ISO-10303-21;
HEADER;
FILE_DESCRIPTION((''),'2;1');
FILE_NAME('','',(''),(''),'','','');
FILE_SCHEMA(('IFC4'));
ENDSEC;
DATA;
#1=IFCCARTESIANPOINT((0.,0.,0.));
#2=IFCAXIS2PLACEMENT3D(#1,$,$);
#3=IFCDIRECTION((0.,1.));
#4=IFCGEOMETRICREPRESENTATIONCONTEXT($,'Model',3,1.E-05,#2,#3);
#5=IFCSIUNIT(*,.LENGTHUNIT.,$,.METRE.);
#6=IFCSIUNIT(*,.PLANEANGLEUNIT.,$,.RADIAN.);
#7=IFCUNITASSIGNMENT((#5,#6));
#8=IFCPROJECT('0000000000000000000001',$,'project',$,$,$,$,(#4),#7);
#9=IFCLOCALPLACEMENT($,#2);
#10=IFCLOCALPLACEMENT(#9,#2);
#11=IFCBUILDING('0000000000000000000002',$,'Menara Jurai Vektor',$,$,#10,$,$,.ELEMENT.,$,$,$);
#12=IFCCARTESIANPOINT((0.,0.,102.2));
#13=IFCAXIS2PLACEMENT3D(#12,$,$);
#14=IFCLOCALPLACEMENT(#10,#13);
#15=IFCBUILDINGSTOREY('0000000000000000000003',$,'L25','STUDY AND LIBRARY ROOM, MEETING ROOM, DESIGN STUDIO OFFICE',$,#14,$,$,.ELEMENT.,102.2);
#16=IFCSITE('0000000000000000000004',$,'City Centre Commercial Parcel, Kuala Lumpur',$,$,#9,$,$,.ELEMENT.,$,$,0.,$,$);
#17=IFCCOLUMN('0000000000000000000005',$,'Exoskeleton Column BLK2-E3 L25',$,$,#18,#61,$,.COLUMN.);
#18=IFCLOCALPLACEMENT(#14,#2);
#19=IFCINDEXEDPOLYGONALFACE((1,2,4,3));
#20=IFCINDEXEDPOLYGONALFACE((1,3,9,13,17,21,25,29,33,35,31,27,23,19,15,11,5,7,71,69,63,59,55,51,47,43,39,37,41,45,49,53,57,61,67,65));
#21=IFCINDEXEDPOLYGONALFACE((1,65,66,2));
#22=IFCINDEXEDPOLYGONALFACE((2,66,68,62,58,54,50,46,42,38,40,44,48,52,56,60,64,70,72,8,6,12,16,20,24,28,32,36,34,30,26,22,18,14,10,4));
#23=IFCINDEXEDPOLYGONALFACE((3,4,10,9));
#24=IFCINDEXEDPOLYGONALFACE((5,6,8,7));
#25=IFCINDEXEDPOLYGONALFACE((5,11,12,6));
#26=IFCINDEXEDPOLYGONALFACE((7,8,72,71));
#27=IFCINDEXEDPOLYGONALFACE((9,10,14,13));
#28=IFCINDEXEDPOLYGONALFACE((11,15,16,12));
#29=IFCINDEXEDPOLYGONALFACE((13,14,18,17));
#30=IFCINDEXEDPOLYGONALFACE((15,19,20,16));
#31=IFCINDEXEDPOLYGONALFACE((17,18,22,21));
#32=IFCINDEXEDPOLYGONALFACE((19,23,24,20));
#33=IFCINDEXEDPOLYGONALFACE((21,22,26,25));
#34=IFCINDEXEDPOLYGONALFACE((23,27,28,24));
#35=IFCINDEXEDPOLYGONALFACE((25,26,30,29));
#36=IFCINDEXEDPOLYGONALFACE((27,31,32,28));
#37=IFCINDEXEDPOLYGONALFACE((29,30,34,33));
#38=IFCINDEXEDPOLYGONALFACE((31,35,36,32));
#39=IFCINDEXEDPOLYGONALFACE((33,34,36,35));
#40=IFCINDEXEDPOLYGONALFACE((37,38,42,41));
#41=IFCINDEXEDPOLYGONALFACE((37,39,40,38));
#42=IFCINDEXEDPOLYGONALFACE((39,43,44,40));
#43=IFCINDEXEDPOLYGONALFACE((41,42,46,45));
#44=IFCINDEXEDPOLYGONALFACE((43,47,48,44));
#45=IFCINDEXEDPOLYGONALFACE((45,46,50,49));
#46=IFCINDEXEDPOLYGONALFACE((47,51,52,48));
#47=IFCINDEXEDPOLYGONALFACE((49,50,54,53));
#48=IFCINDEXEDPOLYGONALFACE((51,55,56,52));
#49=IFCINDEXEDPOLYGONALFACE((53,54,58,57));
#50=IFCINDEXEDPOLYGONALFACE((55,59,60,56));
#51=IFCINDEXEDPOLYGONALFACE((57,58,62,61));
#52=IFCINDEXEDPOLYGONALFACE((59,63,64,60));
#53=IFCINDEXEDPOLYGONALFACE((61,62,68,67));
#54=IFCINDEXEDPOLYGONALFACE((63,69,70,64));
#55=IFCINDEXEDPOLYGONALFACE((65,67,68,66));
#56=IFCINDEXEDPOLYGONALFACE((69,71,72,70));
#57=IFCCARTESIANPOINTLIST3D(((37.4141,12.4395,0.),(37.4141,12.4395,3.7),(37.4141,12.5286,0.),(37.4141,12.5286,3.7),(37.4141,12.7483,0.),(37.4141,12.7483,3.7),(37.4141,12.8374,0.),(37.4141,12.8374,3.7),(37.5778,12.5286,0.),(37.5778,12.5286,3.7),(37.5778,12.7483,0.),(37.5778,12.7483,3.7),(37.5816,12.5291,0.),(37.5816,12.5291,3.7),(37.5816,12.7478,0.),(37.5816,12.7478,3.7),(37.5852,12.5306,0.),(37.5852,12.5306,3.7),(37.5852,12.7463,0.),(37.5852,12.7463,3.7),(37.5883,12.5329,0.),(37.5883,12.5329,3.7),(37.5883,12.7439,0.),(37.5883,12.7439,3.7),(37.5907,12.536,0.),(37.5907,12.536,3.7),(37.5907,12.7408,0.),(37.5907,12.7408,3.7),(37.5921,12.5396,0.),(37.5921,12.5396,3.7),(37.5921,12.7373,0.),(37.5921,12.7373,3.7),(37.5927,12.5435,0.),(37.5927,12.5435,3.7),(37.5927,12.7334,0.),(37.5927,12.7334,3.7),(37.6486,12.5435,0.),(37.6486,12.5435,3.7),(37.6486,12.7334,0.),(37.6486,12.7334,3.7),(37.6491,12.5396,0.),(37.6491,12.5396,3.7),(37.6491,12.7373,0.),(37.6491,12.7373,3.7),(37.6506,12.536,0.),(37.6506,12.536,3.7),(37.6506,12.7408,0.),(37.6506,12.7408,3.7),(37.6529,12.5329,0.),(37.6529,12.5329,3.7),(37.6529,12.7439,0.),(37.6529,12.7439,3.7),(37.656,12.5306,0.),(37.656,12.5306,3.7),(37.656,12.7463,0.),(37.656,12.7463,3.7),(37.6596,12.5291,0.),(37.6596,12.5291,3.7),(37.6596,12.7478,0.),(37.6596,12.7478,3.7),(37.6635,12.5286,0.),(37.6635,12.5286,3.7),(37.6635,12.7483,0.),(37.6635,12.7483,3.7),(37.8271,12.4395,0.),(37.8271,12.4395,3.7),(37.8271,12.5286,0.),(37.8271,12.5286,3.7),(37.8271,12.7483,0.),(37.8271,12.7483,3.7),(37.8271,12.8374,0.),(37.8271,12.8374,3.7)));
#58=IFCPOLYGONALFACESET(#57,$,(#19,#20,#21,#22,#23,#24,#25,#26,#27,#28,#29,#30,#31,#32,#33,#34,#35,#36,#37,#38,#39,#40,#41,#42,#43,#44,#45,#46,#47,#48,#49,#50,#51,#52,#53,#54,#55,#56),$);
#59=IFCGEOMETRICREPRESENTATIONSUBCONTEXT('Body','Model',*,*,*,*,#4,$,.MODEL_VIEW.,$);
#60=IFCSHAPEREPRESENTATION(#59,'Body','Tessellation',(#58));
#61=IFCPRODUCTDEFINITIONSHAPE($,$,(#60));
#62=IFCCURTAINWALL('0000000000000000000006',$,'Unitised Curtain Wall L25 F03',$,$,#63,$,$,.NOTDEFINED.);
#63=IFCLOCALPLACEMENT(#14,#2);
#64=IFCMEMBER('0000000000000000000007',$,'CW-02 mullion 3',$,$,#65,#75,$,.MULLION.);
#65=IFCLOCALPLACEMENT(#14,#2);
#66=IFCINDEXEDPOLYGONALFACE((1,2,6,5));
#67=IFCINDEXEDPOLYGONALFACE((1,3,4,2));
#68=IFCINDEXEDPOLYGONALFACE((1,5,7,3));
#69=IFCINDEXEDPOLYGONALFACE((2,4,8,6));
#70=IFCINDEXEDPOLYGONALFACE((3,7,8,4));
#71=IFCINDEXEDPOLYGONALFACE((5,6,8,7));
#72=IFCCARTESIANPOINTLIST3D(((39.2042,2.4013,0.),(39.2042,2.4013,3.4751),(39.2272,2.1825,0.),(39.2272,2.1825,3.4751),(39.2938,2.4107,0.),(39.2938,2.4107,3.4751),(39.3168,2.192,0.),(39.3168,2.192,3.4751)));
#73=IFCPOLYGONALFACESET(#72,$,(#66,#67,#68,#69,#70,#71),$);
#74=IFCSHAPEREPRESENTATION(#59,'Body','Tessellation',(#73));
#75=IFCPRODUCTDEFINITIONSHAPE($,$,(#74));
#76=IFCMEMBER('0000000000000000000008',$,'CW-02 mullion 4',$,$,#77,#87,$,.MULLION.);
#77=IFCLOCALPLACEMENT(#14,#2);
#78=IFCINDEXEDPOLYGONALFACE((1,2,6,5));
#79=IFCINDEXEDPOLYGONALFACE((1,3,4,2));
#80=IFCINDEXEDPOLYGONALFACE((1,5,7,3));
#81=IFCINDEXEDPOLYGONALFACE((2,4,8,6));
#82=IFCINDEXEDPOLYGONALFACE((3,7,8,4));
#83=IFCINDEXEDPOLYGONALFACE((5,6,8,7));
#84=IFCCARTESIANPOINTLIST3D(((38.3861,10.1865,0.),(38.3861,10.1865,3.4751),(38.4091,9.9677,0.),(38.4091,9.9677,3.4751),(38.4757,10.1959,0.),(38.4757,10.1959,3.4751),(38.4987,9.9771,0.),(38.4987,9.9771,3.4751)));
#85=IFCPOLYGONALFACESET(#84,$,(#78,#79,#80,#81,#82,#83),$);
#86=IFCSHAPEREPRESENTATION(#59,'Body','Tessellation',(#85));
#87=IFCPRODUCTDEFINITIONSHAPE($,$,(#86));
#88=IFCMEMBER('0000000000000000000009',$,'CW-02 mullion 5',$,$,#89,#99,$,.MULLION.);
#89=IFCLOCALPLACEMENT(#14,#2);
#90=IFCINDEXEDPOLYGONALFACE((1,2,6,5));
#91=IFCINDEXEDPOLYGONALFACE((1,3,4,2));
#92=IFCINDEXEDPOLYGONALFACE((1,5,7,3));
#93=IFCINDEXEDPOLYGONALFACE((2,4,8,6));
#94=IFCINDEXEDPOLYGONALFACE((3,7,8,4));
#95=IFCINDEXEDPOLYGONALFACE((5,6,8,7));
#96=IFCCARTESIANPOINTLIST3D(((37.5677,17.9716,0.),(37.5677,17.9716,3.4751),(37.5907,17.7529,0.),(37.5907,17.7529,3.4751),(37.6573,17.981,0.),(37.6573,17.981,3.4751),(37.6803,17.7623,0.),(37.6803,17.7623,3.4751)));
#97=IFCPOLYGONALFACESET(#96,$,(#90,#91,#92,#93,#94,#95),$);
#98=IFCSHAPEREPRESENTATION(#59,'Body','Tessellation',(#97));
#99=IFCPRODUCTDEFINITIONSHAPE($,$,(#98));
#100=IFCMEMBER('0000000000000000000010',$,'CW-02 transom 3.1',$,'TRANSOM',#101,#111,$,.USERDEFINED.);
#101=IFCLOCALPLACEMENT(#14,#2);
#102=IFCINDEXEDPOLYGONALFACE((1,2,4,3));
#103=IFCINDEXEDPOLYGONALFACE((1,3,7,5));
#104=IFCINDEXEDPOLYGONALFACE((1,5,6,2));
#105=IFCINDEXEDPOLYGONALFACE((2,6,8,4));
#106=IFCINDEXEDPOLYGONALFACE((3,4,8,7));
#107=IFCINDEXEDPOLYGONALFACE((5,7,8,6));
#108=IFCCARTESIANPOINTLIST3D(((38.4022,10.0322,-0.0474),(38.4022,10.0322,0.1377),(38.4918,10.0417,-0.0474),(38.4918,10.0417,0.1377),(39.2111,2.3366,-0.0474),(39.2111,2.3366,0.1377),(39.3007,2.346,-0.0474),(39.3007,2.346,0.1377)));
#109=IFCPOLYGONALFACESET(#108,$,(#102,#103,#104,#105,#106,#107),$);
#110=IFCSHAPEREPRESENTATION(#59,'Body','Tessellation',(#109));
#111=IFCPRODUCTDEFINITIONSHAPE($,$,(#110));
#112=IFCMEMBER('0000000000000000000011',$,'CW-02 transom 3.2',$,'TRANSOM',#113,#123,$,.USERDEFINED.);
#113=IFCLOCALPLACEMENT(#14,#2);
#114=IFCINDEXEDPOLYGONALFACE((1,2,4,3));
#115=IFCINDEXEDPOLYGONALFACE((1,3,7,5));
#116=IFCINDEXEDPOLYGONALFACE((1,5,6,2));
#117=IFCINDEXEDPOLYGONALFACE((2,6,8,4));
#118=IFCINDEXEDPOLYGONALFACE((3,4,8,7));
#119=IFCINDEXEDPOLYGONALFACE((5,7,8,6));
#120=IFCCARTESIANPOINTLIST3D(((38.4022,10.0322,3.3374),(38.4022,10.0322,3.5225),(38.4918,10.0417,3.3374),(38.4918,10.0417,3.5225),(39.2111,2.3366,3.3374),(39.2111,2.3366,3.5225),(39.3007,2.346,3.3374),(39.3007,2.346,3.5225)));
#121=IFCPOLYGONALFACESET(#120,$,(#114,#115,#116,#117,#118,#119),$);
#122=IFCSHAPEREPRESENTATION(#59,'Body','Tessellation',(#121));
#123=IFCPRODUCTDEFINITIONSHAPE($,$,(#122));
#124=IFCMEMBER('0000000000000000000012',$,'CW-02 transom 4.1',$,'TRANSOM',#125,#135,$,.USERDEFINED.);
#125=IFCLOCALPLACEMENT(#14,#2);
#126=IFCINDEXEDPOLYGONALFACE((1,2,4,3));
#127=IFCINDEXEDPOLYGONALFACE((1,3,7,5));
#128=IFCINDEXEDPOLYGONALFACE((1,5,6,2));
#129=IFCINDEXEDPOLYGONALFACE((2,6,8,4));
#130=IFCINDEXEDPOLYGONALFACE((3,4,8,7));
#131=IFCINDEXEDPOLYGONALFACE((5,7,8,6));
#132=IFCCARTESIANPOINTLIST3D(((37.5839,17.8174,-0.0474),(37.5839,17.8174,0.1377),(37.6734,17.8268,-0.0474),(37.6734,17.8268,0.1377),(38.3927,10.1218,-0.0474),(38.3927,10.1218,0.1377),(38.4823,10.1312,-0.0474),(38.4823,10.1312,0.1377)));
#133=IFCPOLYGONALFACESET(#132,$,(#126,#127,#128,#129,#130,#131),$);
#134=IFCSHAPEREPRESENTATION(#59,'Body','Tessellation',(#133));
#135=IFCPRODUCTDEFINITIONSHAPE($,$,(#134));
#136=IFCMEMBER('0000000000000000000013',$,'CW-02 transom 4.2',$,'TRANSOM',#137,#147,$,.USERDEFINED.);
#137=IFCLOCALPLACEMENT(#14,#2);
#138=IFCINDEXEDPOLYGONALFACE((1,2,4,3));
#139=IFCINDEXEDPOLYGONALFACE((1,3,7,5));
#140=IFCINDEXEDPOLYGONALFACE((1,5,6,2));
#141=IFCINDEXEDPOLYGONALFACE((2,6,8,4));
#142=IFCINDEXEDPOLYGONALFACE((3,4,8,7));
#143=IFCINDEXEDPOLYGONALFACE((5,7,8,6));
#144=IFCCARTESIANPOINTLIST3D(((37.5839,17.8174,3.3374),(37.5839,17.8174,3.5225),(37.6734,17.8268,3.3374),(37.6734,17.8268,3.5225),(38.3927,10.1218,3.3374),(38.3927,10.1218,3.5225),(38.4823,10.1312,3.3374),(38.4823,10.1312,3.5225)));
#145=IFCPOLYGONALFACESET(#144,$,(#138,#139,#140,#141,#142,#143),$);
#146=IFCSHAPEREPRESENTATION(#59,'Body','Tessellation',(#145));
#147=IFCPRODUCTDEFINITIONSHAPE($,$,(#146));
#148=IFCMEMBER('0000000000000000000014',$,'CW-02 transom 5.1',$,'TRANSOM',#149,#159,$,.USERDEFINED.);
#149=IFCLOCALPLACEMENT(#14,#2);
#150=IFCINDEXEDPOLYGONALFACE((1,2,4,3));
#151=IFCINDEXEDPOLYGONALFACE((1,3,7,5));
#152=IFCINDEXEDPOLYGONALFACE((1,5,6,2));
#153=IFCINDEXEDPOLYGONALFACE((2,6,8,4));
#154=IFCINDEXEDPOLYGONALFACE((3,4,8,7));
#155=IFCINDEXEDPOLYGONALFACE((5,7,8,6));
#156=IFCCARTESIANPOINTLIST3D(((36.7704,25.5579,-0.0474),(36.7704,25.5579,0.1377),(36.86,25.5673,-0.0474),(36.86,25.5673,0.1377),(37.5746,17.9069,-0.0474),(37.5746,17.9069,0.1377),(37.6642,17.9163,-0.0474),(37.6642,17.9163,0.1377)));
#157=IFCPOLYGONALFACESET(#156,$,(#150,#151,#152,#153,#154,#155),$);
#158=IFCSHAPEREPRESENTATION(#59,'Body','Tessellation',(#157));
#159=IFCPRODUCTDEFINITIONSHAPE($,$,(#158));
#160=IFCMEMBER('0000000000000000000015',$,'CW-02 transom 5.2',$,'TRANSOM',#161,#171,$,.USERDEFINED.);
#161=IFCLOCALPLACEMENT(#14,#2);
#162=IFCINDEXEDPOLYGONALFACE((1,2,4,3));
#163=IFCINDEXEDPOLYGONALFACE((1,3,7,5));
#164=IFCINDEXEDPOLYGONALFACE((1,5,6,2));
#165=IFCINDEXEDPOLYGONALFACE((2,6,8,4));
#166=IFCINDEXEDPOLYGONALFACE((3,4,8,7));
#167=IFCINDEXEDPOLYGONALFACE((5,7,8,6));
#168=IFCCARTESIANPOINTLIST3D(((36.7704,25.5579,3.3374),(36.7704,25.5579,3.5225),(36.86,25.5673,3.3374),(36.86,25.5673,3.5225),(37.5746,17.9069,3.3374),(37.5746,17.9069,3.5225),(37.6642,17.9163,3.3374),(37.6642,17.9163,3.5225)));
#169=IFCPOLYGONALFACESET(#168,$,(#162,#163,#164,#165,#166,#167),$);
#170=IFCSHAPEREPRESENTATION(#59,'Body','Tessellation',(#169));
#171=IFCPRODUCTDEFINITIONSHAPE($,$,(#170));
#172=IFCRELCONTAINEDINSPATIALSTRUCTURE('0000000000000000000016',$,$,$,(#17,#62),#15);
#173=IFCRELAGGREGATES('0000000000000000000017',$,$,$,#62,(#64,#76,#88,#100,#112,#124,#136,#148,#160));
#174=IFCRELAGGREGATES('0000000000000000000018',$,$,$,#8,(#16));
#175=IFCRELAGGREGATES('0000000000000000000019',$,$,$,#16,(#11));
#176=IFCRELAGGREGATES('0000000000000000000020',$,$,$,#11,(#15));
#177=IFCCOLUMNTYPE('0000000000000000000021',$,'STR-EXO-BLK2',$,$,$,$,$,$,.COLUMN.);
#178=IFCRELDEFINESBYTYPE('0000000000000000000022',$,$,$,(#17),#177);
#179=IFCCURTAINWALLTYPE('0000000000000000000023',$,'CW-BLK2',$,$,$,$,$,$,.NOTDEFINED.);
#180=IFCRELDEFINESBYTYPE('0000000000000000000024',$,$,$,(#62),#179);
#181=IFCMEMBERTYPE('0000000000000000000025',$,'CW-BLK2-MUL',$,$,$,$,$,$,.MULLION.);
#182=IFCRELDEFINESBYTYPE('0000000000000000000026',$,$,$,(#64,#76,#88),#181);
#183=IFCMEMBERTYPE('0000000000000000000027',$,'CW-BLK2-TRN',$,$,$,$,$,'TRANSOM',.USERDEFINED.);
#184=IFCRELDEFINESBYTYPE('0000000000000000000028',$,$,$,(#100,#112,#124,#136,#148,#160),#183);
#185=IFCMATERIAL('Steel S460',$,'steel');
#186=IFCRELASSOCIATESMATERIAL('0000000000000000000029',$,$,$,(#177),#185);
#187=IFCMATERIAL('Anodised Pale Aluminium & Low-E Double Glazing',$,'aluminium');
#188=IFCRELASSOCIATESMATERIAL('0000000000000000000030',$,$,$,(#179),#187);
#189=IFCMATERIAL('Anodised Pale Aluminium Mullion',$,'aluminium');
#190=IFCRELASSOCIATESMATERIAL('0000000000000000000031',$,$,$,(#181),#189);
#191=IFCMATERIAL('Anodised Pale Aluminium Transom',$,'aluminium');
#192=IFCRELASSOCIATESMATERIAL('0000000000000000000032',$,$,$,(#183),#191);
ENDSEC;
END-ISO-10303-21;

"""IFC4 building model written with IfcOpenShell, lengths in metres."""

from ifc_helpers import new_model, si_unit, direction, frame, origin, origin_2d, place, context, subcontext, project, spatial, rectangle, i_section, extrude, material, material_profile, profile_set, type_object, element, aggregate, save


model = new_model("IFC4")

# Units and contexts
model_context = context("Model", 3, precision=1e-05, world=origin(), true_north=direction((0.0, 1.0)))
body_context = subcontext(model_context, "Body", "Model", "MODEL_VIEW")
ifc_project = project(units=[si_unit("LENGTHUNIT", "METRE"), si_unit("PLANEANGLEUNIT", "RADIAN")], contexts=[model_context])

# Site, building, storey
site_placement = place(None, origin())
site = spatial("IfcSite", under=ifc_project, at=site_placement, Name="City Centre Commercial Parcel, Kuala Lumpur", CompositionType="ELEMENT", RefElevation=0.0)
building_placement = place(site_placement, origin())
building = spatial("IfcBuilding", under=site, at=building_placement, Name="Menara Jurai Vektor", CompositionType="ELEMENT")
storey_placement = place(building_placement, frame((0.0, 0.0, 102.2)))
storey = spatial("IfcBuildingStorey", under=building, at=storey_placement, Name="L25", Description="STUDY AND LIBRARY ROOM, MEETING ROOM, DESIGN STUDIO OFFICE", CompositionType="ELEMENT", Elevation=102.2)

# Column
ifc_material_1 = material(Name="Steel S460", Category="steel")
ifc_material_profile_1 = material_profile(ifc_material_1, i_section(OverallWidth=0.4131, OverallDepth=0.3979, WebThickness=0.0559, FlangeThickness=0.0891, FilletRadius=0.0149, at=origin_2d()), Name="HD 400x744")
ifc_profile_set_1 = profile_set([ifc_material_profile_1], Name="Steel S460")
column_type = type_object("IfcColumnType", Name="STR-EXO-BLK2", PredefinedType="COLUMN", material=ifc_profile_set_1)
column_placement = place(storey_placement, frame((37.6206, 12.6384, 0.0), z_axis=(0.0, 0.0, 1.0), x_axis=(1.0, 0.0, 0.0)))
element("IfcColumn", 1, at=column_placement, inside=storey, type_object=column_type, Name="Exoskeleton Column BLK2-E3 L25", PredefinedType="COLUMN", context=body_context, shape_type="SweptSolid", body=[
    extrude(i_section(OverallWidth=0.4131, OverallDepth=0.3979, WebThickness=0.0559, FlangeThickness=0.0891, FilletRadius=0.0149, at=origin_2d()), origin(), (0.0, 0.0, 1.0), 3.7),
])

# Curtain wall, members
ifc_material_2 = material(Name="Anodised Pale Aluminium & Low-E Double Glazing", Category="aluminium")
curtain_wall_type = type_object("IfcCurtainWallType", Name="CW-BLK2", PredefinedType="NOTDEFINED", material=ifc_material_2)
curtain_wall_placement = place(storey_placement, origin())
curtain_wall = element("IfcCurtainWall", 2, at=curtain_wall_placement, inside=storey, type_object=curtain_wall_type, Name="Unitised Curtain Wall L25 F03", PredefinedType="NOTDEFINED")
ifc_material_3 = material(Name="Anodised Pale Aluminium Mullion", Category="aluminium")
ifc_material_profile_2 = material_profile(ifc_material_3, rectangle(XDim=0.0901, YDim=0.22, at=origin_2d()), Name="ALU MUL 90x220")
ifc_profile_set_2 = profile_set([ifc_material_profile_2], Name="Anodised Pale Aluminium Mullion")
member_type_1 = type_object("IfcMemberType", Name="CW-BLK2-MUL", PredefinedType="MULLION", material=ifc_profile_set_2)
member_1_placement = place(storey_placement, frame((39.2605, 2.2966, 0.0), z_axis=(0.0, 0.0, 1.0), x_axis=(-0.994522, -0.10453, 0.0)))
member_1 = element("IfcMember", 3, at=member_1_placement, type_object=member_type_1, Name="CW-02 mullion 3", PredefinedType="MULLION", context=body_context, shape_type="SweptSolid", body=[
    extrude(rectangle(XDim=0.0901, YDim=0.22, at=origin_2d()), origin(), (0.0, 0.0, 1.0), 3.4751),
])
member_2_placement = place(storey_placement, frame((38.4424, 10.0818, 0.0), z_axis=(0.0, 0.0, 1.0), x_axis=(-0.994522, -0.10453, 0.0)))
member_2 = element("IfcMember", 4, at=member_2_placement, type_object=member_type_1, Name="CW-02 mullion 4", PredefinedType="MULLION", context=body_context, shape_type="SweptSolid", body=[
    extrude(rectangle(XDim=0.0901, YDim=0.22, at=origin_2d()), origin(), (0.0, 0.0, 1.0), 3.4751),
])
member_3_placement = place(storey_placement, frame((37.624, 17.8669, 0.0), z_axis=(0.0, 0.0, 1.0), x_axis=(-0.994522, -0.10453, 0.0)))
member_3 = element("IfcMember", 5, at=member_3_placement, type_object=member_type_1, Name="CW-02 mullion 5", PredefinedType="MULLION", context=body_context, shape_type="SweptSolid", body=[
    extrude(rectangle(XDim=0.0901, YDim=0.22, at=origin_2d()), origin(), (0.0, 0.0, 1.0), 3.4751),
])
ifc_material_4 = material(Name="Anodised Pale Aluminium Transom", Category="aluminium")
ifc_material_profile_3 = material_profile(ifc_material_4, rectangle(XDim=0.0901, YDim=0.1851, at=origin_2d()), Name="ALU TRN 90x185")
ifc_profile_set_3 = profile_set([ifc_material_profile_3], Name="Anodised Pale Aluminium Transom")
member_type_2 = type_object("IfcMemberType", Name="CW-BLK2-TRN", ElementType="TRANSOM", PredefinedType="USERDEFINED", material=ifc_profile_set_3)
member_4_placement = place(storey_placement, frame((39.2559, 2.3413, 0.0452), z_axis=(-0.104529, 0.994522, 0.0), x_axis=(-0.994522, -0.104529, 0.0)))
member_4 = element("IfcMember", 6, at=member_4_placement, type_object=member_type_2, Name="CW-02 transom 3.1", ObjectType="TRANSOM", PredefinedType="USERDEFINED", context=body_context, shape_type="SweptSolid", body=[
    extrude(rectangle(XDim=0.0901, YDim=0.1851, at=origin_2d()), origin(), (0.0, 0.0, 1.0), 7.738),
])
member_5_placement = place(storey_placement, frame((39.2559, 2.3413, 3.4299), z_axis=(-0.104529, 0.994522, 0.0), x_axis=(-0.994522, -0.104529, 0.0)))
member_5 = element("IfcMember", 7, at=member_5_placement, type_object=member_type_2, Name="CW-02 transom 3.2", ObjectType="TRANSOM", PredefinedType="USERDEFINED", context=body_context, shape_type="SweptSolid", body=[
    extrude(rectangle(XDim=0.0901, YDim=0.1851, at=origin_2d()), origin(), (0.0, 0.0, 1.0), 7.738),
])
member_6_placement = place(storey_placement, frame((38.4375, 10.1265, 0.0452), z_axis=(-0.104529, 0.994522, 0.0), x_axis=(-0.994522, -0.104529, 0.0)))
member_6 = element("IfcMember", 8, at=member_6_placement, type_object=member_type_2, Name="CW-02 transom 4.1", ObjectType="TRANSOM", PredefinedType="USERDEFINED", context=body_context, shape_type="SweptSolid", body=[
    extrude(rectangle(XDim=0.0901, YDim=0.1851, at=origin_2d()), origin(), (0.0, 0.0, 1.0), 7.738),
])
member_7_placement = place(storey_placement, frame((38.4375, 10.1265, 3.4299), z_axis=(-0.104529, 0.994522, 0.0), x_axis=(-0.994522, -0.104529, 0.0)))
member_7 = element("IfcMember", 9, at=member_7_placement, type_object=member_type_2, Name="CW-02 transom 4.2", ObjectType="TRANSOM", PredefinedType="USERDEFINED", context=body_context, shape_type="SweptSolid", body=[
    extrude(rectangle(XDim=0.0901, YDim=0.1851, at=origin_2d()), origin(), (0.0, 0.0, 1.0), 7.738),
])
member_8_placement = place(storey_placement, frame((37.6194, 17.9116, 0.0452), z_axis=(-0.104536, 0.994521, 0.0), x_axis=(-0.994521, -0.104536, 0.0)))
member_8 = element("IfcMember", 10, at=member_8_placement, type_object=member_type_2, Name="CW-02 transom 5.1", ObjectType="TRANSOM", PredefinedType="USERDEFINED", context=body_context, shape_type="SweptSolid", body=[
    extrude(rectangle(XDim=0.0901, YDim=0.1851, at=origin_2d()), origin(), (0.0, 0.0, 1.0), 7.6931),
])
member_9_placement = place(storey_placement, frame((37.6194, 17.9116, 3.4299), z_axis=(-0.104536, 0.994521, 0.0), x_axis=(-0.994521, -0.104536, 0.0)))
member_9 = element("IfcMember", 11, at=member_9_placement, type_object=member_type_2, Name="CW-02 transom 5.2", ObjectType="TRANSOM", PredefinedType="USERDEFINED", context=body_context, shape_type="SweptSolid", body=[
    extrude(rectangle(XDim=0.0901, YDim=0.1851, at=origin_2d()), origin(), (0.0, 0.0, 1.0), 7.6931),
])

aggregate(curtain_wall, [member_1, member_2, member_3, member_4, member_5, member_6, member_7, member_8, member_9])

save(model, "model.ifc")
